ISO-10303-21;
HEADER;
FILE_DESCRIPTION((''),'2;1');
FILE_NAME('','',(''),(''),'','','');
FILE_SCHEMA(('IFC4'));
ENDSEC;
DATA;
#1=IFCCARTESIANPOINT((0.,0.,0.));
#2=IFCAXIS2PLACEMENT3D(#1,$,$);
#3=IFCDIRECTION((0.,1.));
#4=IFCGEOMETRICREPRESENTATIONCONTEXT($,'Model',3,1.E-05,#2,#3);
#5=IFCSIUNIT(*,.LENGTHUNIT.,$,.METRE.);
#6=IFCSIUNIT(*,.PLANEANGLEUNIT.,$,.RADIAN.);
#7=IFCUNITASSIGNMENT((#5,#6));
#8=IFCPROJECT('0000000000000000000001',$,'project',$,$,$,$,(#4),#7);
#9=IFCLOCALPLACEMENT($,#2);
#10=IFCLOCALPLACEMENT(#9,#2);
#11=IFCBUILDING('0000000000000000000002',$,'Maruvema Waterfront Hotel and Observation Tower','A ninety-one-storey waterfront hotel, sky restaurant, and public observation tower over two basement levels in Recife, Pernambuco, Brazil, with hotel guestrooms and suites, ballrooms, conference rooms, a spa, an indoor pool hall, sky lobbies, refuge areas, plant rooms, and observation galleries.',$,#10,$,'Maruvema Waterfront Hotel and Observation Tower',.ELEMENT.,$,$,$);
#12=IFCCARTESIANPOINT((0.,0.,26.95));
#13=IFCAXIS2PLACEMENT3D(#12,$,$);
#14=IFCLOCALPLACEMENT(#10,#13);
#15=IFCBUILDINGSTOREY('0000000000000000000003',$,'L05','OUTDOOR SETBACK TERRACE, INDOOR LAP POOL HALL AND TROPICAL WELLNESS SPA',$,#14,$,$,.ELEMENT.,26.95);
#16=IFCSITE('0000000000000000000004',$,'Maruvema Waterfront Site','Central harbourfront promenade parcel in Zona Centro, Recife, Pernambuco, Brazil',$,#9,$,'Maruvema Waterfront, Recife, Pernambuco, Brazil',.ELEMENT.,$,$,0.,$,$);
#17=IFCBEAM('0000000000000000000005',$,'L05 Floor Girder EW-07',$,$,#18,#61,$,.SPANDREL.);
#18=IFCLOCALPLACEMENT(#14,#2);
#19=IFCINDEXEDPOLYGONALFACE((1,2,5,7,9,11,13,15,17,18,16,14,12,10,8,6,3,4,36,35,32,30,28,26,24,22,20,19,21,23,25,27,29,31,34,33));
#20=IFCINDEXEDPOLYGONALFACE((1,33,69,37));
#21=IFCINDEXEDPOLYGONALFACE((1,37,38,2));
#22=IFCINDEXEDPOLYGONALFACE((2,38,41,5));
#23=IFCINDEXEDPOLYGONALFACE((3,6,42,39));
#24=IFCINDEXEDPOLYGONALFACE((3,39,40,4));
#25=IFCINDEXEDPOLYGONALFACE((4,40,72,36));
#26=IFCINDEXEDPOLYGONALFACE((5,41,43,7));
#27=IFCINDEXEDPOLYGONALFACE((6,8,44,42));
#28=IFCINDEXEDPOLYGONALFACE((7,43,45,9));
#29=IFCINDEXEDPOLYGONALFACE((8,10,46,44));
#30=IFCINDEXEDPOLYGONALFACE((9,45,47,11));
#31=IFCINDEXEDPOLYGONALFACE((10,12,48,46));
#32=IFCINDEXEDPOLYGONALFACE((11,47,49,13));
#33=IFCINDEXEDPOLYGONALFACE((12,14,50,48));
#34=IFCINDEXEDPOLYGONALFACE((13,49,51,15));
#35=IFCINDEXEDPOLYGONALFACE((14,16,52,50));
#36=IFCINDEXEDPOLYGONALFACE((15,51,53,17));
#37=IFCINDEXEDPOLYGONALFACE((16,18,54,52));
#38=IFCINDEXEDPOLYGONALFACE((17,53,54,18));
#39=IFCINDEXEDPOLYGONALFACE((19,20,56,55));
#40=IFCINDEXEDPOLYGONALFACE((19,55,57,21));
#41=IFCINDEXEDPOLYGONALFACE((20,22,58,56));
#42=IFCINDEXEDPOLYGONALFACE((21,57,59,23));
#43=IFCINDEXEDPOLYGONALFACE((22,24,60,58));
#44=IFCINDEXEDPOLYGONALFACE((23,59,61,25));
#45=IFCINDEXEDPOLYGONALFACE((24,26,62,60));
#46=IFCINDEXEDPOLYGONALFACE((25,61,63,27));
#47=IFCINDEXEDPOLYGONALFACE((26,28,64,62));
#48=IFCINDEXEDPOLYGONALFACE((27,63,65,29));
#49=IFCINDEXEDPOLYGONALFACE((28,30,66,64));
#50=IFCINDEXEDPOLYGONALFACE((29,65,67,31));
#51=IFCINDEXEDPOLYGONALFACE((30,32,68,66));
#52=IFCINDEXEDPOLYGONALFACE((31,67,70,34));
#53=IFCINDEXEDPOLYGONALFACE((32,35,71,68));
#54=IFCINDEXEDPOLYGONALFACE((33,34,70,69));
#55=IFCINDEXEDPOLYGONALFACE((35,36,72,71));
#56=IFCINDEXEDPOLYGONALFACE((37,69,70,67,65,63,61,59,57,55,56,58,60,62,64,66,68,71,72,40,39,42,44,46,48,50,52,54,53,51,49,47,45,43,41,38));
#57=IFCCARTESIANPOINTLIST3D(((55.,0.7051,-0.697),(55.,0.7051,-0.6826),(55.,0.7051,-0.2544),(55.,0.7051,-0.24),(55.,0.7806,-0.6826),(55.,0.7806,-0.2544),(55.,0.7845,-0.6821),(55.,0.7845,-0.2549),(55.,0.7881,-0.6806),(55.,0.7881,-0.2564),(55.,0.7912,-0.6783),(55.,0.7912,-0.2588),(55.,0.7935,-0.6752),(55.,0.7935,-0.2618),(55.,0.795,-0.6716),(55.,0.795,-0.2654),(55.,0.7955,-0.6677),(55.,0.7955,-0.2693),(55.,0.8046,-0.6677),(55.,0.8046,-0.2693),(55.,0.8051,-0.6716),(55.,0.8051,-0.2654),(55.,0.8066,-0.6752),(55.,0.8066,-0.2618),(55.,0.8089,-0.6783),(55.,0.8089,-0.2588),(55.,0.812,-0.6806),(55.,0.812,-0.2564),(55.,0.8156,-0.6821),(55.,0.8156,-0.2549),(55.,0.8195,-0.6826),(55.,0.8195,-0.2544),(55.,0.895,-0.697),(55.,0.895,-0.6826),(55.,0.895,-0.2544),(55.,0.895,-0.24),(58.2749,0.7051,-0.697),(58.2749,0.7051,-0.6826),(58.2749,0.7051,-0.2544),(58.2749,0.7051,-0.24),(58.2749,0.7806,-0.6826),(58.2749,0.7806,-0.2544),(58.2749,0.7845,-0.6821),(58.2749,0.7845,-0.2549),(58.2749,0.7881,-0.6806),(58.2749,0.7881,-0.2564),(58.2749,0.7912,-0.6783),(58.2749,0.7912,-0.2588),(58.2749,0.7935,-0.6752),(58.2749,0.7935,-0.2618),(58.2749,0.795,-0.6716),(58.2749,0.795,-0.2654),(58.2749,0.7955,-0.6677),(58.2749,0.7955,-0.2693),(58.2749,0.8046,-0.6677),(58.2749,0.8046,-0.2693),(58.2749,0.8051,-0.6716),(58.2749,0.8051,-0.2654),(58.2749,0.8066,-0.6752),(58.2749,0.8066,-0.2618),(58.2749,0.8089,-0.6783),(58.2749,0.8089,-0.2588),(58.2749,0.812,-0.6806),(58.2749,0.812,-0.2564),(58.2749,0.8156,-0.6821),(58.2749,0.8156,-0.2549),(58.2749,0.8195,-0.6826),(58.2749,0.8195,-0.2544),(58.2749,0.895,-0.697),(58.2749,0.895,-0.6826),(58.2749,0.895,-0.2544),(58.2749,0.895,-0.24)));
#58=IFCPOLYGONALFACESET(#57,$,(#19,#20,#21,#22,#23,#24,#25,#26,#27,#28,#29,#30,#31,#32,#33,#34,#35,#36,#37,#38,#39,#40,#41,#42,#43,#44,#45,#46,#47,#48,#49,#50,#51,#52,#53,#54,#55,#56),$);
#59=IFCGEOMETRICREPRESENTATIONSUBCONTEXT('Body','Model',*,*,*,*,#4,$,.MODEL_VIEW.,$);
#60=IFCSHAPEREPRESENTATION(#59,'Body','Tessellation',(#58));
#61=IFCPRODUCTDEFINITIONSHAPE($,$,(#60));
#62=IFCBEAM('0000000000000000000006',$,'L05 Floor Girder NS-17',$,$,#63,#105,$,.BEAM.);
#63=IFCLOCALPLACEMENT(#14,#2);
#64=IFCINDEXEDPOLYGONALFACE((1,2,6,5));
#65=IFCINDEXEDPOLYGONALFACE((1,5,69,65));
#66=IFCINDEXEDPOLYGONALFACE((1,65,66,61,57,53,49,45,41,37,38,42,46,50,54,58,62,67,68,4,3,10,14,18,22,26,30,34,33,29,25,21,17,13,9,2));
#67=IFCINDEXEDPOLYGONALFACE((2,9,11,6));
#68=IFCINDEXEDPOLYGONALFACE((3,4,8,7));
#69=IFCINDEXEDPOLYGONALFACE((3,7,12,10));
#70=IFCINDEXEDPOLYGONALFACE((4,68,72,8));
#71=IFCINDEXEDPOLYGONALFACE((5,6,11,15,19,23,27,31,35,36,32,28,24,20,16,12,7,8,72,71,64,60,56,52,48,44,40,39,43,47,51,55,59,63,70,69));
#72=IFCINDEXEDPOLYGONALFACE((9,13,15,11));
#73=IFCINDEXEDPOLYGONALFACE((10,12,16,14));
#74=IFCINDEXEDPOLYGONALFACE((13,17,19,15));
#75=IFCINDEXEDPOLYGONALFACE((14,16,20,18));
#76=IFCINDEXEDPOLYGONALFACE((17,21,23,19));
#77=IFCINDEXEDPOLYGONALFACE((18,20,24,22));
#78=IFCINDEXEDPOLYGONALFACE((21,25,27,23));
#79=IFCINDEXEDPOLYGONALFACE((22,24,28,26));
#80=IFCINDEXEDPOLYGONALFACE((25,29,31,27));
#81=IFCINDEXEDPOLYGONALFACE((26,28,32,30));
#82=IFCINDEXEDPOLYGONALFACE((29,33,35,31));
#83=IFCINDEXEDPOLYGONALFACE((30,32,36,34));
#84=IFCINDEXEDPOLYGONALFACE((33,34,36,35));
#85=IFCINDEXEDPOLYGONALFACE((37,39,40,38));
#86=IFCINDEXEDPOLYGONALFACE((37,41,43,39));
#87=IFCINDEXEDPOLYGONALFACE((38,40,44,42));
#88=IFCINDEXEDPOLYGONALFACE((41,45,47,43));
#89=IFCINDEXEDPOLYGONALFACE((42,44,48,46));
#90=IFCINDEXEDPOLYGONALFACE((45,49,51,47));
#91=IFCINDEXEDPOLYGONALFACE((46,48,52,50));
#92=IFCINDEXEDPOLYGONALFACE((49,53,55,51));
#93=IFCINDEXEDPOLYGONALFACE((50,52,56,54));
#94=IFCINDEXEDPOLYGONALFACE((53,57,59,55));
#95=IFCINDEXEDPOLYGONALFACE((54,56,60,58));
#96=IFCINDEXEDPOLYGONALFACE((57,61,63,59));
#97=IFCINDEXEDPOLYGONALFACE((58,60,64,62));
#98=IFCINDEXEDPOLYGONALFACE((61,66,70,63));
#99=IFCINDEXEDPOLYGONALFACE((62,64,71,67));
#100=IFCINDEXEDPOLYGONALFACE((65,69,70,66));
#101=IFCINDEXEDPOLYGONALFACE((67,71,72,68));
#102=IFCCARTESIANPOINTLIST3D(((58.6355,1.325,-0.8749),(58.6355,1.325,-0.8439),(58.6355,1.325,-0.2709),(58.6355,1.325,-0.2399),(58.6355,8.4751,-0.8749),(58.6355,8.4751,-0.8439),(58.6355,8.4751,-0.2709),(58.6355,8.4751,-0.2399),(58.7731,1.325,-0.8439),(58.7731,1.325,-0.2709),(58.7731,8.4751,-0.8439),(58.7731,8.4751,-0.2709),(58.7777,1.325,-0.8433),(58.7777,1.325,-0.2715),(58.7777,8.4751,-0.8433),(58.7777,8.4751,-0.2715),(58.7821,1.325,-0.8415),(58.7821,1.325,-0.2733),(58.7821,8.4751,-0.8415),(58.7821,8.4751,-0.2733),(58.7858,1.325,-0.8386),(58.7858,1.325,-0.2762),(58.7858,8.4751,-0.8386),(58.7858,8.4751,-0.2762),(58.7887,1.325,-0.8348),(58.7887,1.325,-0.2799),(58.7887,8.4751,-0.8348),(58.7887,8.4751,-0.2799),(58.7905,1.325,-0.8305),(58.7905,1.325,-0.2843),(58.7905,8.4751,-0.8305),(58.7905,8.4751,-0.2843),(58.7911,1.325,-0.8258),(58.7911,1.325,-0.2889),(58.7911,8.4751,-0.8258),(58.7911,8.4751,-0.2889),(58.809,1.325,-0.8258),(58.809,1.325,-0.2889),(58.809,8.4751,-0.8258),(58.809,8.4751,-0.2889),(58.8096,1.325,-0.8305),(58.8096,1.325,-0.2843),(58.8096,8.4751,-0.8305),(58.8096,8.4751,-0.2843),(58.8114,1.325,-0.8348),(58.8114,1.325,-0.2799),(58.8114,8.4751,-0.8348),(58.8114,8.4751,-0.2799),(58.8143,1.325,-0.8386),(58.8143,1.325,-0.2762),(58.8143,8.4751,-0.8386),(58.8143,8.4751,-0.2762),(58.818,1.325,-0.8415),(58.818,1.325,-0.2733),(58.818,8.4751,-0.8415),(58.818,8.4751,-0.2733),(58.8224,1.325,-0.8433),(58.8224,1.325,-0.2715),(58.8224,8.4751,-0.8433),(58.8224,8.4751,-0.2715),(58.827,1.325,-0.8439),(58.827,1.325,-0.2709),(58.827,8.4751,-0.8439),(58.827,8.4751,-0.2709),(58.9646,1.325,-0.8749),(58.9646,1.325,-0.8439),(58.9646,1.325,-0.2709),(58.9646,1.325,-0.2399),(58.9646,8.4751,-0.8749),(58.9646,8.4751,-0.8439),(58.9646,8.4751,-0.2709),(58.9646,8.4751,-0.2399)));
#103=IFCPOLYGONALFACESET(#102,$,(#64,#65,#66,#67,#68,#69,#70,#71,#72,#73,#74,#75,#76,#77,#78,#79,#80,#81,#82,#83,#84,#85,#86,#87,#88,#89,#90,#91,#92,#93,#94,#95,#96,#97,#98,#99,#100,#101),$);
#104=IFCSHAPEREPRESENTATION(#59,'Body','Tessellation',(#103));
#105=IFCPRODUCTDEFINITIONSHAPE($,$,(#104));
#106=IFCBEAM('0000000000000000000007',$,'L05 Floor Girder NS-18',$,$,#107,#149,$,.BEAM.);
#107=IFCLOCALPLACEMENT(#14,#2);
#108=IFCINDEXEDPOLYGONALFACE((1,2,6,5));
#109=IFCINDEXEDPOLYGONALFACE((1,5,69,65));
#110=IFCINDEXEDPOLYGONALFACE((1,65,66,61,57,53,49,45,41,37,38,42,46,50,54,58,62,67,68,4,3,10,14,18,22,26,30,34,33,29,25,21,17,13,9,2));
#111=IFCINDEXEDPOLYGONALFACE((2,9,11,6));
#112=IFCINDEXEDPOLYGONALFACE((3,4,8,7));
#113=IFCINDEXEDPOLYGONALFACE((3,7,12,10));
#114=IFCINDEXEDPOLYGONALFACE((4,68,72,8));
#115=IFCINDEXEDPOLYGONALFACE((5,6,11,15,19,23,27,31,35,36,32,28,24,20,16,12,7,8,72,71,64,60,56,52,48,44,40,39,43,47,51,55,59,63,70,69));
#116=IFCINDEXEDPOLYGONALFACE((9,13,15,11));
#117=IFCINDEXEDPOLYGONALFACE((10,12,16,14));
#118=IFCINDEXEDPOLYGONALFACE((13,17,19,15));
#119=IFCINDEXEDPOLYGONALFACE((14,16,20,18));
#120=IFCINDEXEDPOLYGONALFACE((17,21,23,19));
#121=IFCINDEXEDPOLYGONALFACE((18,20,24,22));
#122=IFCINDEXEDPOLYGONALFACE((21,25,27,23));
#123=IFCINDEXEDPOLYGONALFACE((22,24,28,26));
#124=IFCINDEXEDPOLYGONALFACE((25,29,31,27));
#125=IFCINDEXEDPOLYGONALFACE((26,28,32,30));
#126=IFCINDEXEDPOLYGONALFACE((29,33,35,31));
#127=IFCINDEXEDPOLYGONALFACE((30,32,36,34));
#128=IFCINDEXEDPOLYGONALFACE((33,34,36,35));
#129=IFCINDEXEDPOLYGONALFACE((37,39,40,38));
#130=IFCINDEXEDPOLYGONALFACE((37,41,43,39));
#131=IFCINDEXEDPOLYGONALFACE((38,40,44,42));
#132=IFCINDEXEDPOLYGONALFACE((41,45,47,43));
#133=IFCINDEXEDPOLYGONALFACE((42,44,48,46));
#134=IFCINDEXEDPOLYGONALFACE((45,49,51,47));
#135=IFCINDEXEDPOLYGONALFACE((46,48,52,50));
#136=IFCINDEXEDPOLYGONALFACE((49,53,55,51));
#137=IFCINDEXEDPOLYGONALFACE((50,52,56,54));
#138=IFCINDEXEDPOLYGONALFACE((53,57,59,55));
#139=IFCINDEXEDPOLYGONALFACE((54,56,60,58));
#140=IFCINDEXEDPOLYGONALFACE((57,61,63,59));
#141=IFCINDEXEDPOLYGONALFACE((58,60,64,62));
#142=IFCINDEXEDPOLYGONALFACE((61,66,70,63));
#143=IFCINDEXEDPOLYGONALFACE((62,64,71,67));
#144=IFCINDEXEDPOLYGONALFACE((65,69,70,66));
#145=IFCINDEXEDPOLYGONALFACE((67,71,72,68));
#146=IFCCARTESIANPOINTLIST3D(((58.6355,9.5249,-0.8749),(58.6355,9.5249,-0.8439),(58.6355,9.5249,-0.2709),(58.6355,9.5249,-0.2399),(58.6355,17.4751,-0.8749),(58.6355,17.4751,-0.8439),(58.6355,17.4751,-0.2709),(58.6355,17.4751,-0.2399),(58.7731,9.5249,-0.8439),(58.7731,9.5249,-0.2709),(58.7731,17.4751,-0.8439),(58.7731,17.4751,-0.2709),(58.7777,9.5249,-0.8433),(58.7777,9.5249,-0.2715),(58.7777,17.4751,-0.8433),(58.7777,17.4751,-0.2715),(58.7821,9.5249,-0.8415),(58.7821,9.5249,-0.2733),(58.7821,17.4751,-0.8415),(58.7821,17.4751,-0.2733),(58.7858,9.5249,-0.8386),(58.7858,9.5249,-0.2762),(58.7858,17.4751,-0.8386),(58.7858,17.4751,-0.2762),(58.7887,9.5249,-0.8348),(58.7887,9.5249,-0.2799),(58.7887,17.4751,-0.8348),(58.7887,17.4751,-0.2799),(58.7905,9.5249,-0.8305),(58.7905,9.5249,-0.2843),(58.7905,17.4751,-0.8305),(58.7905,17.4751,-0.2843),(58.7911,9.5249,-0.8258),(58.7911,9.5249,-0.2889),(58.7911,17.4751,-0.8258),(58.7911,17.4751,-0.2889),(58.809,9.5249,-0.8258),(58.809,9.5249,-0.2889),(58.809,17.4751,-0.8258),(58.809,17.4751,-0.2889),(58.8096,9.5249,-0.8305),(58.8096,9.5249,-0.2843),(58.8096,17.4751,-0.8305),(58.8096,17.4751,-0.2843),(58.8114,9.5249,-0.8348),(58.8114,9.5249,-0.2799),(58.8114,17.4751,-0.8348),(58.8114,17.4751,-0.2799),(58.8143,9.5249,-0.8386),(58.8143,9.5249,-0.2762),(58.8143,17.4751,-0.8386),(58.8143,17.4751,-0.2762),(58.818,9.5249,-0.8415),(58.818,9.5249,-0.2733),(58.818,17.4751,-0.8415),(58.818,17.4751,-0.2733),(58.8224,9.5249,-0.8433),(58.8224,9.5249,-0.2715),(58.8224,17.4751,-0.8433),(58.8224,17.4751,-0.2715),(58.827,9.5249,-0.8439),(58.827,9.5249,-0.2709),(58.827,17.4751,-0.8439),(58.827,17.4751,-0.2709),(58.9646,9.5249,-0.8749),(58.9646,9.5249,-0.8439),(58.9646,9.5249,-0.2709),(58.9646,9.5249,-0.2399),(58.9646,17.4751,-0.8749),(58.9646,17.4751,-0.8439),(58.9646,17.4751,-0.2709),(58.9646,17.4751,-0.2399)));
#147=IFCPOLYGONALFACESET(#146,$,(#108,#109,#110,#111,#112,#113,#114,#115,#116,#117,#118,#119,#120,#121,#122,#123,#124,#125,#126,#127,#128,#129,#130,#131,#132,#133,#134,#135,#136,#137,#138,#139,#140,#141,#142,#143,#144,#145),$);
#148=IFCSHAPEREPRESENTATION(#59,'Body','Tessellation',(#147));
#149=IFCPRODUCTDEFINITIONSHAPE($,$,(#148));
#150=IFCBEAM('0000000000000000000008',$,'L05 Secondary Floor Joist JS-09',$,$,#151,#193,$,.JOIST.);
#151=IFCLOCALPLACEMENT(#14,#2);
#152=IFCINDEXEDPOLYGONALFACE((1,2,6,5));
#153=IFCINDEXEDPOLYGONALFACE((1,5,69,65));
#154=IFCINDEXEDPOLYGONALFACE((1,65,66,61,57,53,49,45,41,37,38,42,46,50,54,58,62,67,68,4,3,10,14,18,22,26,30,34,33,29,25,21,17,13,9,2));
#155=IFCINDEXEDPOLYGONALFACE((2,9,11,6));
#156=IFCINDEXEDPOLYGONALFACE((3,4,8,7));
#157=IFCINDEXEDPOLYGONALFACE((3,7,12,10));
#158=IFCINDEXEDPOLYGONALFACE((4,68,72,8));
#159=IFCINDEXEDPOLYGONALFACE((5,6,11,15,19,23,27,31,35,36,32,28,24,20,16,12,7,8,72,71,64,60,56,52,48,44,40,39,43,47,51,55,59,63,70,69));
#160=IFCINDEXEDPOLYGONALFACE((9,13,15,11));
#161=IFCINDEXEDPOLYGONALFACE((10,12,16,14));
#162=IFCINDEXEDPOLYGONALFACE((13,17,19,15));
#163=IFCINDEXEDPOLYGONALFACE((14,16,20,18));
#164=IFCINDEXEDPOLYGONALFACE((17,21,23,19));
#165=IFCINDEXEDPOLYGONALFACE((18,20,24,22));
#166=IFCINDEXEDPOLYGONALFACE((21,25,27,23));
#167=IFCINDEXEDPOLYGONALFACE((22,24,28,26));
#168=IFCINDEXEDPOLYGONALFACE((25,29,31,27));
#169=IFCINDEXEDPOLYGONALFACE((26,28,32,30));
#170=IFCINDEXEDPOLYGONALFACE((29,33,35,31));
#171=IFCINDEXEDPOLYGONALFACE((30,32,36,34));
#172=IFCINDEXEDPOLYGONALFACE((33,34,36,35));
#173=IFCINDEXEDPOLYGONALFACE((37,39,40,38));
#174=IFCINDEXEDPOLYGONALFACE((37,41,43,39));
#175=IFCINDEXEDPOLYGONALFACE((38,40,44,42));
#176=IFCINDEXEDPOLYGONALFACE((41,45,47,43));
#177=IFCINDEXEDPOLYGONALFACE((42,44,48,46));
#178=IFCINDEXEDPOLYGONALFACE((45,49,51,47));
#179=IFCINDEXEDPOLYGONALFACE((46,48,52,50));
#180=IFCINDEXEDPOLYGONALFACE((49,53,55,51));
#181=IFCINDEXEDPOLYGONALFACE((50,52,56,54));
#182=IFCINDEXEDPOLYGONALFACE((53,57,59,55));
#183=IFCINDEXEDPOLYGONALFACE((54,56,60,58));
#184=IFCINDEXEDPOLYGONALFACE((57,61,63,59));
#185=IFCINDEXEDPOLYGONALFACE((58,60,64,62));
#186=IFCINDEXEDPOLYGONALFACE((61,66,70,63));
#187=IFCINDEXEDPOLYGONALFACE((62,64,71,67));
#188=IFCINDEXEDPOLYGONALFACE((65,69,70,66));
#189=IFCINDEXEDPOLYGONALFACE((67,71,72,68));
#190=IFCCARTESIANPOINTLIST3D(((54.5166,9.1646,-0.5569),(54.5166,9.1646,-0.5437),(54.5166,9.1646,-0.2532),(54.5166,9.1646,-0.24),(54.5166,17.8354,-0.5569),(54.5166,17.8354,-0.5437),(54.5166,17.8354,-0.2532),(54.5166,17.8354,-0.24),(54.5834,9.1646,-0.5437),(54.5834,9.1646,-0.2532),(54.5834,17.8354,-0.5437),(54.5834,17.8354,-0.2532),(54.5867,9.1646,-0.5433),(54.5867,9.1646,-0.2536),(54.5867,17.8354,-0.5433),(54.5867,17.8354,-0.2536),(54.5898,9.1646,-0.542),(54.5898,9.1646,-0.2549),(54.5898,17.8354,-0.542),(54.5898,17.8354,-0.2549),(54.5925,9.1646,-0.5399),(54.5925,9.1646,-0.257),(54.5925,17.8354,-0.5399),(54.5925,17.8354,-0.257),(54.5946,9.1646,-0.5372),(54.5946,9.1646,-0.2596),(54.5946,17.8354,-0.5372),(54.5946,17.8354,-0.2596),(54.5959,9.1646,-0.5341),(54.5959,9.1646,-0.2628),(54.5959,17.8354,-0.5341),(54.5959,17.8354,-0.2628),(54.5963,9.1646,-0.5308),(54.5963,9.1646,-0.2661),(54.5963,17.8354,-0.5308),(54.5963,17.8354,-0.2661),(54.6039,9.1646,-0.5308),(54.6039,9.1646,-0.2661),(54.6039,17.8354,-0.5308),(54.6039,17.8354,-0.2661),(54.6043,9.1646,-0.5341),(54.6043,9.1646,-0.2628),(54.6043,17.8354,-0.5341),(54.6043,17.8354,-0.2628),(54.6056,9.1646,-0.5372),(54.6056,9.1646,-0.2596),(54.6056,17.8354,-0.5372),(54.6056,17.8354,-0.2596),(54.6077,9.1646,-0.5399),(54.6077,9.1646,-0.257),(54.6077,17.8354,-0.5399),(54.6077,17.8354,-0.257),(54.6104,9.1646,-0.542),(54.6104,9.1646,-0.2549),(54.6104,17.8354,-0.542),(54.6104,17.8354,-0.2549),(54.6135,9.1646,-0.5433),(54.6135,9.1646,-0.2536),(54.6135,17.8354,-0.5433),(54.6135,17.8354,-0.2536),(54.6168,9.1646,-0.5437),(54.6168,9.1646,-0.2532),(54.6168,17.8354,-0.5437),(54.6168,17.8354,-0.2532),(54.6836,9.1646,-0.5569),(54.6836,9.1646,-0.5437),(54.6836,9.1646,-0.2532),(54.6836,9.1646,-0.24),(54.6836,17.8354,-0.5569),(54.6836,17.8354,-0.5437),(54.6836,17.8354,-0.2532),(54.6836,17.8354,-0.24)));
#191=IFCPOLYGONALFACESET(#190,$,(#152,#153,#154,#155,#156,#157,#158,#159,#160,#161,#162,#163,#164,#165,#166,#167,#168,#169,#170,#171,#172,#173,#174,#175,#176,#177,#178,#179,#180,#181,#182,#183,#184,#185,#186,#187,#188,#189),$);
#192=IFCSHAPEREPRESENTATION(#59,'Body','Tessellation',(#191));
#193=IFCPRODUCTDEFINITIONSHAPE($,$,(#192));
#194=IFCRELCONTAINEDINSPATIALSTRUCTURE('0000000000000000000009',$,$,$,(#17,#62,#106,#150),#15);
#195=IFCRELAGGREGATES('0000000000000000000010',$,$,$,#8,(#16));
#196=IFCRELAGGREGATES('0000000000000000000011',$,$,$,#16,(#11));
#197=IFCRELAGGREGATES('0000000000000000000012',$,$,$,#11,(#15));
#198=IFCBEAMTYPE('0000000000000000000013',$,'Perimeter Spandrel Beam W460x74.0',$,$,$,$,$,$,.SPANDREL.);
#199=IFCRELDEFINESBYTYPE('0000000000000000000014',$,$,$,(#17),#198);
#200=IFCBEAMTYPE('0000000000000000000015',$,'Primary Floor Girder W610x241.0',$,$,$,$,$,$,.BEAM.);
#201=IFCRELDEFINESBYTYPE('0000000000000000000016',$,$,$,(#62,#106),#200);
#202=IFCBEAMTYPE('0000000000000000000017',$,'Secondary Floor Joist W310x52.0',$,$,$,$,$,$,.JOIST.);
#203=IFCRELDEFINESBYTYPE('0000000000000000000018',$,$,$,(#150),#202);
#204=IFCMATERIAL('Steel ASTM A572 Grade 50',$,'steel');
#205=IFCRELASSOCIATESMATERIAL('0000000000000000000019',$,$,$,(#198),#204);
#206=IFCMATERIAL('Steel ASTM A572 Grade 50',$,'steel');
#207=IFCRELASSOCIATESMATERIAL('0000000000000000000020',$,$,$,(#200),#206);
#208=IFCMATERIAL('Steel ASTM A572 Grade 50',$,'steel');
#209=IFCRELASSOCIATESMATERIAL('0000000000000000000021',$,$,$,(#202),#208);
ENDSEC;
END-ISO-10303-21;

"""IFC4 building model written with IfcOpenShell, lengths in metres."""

from ifc_helpers import new_model, si_unit, direction, frame, origin, origin_2d, place, context, subcontext, project, spatial, i_section, extrude, material, material_profile, profile_set, type_object, element, save


model = new_model("IFC4")

# Units and contexts
model_context = context("Model", 3, precision=1e-05, world=origin(), true_north=direction((0.0, 1.0)))
body_context = subcontext(model_context, "Body", "Model", "MODEL_VIEW")
ifc_project = project(units=[si_unit("LENGTHUNIT", "METRE"), si_unit("PLANEANGLEUNIT", "RADIAN")], contexts=[model_context])

# Site, building, storey
site_placement = place(None, origin())
site = spatial("IfcSite", under=ifc_project, at=site_placement, Name="Maruvema Waterfront Site", Description="Central harbourfront promenade parcel in Zona Centro, Recife, Pernambuco, Brazil", LongName="Maruvema Waterfront, Recife, Pernambuco, Brazil", CompositionType="ELEMENT", RefElevation=0.0)
building_placement = place(site_placement, origin())
building = spatial("IfcBuilding", under=site, at=building_placement, Name="Maruvema Waterfront Hotel and Observation Tower", Description="A ninety-one-storey waterfront hotel, sky restaurant, and public observation tower over two basement levels in Recife, Pernambuco, Brazil, with hotel guestrooms and suites, ballrooms, conference rooms, a spa, an indoor pool hall, sky lobbies, refuge areas, plant rooms, and observation galleries.", LongName="Maruvema Waterfront Hotel and Observation Tower", CompositionType="ELEMENT")
storey_placement = place(building_placement, frame((0.0, 0.0, 26.95)))
storey = spatial("IfcBuildingStorey", under=building, at=storey_placement, Name="L05", Description="OUTDOOR SETBACK TERRACE, INDOOR LAP POOL HALL AND TROPICAL WELLNESS SPA", CompositionType="ELEMENT", Elevation=26.95)

# Beams
ifc_material_1 = material(Name="Steel ASTM A572 Grade 50", Category="steel")
ifc_material_profile_1 = material_profile(ifc_material_1, i_section(OverallWidth=0.1899, OverallDepth=0.457, WebThickness=0.009, FlangeThickness=0.0144, FilletRadius=0.0149, at=origin_2d()), Name="W460x74.0")
ifc_profile_set_1 = profile_set([ifc_material_profile_1], Name="Steel ASTM A572 Grade 50")
beam_type_1 = type_object("IfcBeamType", Name="Perimeter Spandrel Beam W460x74.0", PredefinedType="SPANDREL", material=ifc_profile_set_1)
beam_1_placement = place(storey_placement, frame((55.0, 0.8, -0.4685), z_axis=(1.0, 0.0, 0.0), x_axis=(0.0, 1.0, 0.0)))
element("IfcBeam", 1, at=beam_1_placement, inside=storey, type_object=beam_type_1, Name="L05 Floor Girder EW-07", PredefinedType="SPANDREL", context=body_context, shape_type="SweptSolid", body=[
    extrude(i_section(OverallWidth=0.1899, OverallDepth=0.457, WebThickness=0.009, FlangeThickness=0.0144, FilletRadius=0.0149, at=origin_2d()), origin(), (0.0, 0.0, 1.0), 3.2749),
])
ifc_material_2 = material(Name="Steel ASTM A572 Grade 50", Category="steel")
ifc_material_profile_2 = material_profile(ifc_material_2, i_section(OverallWidth=0.3291, OverallDepth=0.635, WebThickness=0.0178, FlangeThickness=0.031, FilletRadius=0.0181, at=origin_2d()), Name="W610x241.0")
ifc_profile_set_2 = profile_set([ifc_material_profile_2], Name="Steel ASTM A572 Grade 50")
beam_type_2 = type_object("IfcBeamType", Name="Primary Floor Girder W610x241.0", PredefinedType="BEAM", material=ifc_profile_set_2)
beam_2_placement = place(storey_placement, frame((58.8, 1.325, -0.5574), z_axis=(0.0, 1.0, 0.0), x_axis=(-1.0, 0.0, 0.0)))
element("IfcBeam", 2, at=beam_2_placement, inside=storey, type_object=beam_type_2, Name="L05 Floor Girder NS-17", PredefinedType="BEAM", context=body_context, shape_type="SweptSolid", body=[
    extrude(i_section(OverallWidth=0.3291, OverallDepth=0.635, WebThickness=0.0178, FlangeThickness=0.031, FilletRadius=0.0181, at=origin_2d()), origin(), (0.0, 0.0, 1.0), 7.1501),
])
beam_3_placement = place(storey_placement, frame((58.8, 9.5249, -0.5574), z_axis=(0.0, 1.0, 0.0), x_axis=(-1.0, 0.0, 0.0)))
element("IfcBeam", 3, at=beam_3_placement, inside=storey, type_object=beam_type_2, Name="L05 Floor Girder NS-18", PredefinedType="BEAM", context=body_context, shape_type="SweptSolid", body=[
    extrude(i_section(OverallWidth=0.3291, OverallDepth=0.635, WebThickness=0.0178, FlangeThickness=0.031, FilletRadius=0.0181, at=origin_2d()), origin(), (0.0, 0.0, 1.0), 7.9502),
])
ifc_material_3 = material(Name="Steel ASTM A572 Grade 50", Category="steel")
ifc_material_profile_3 = material_profile(ifc_material_3, i_section(OverallWidth=0.167, OverallDepth=0.3169, WebThickness=0.0076, FlangeThickness=0.0132, FilletRadius=0.0129, at=origin_2d()), Name="W310x52.0")
ifc_profile_set_3 = profile_set([ifc_material_profile_3], Name="Steel ASTM A572 Grade 50")
beam_type_3 = type_object("IfcBeamType", Name="Secondary Floor Joist W310x52.0", PredefinedType="JOIST", material=ifc_profile_set_3)
beam_4_placement = place(storey_placement, frame((54.6001, 9.1646, -0.3984), z_axis=(0.0, 1.0, 0.0), x_axis=(-1.0, 0.0, 0.0)))
element("IfcBeam", 4, at=beam_4_placement, inside=storey, type_object=beam_type_3, Name="L05 Secondary Floor Joist JS-09", PredefinedType="JOIST", context=body_context, shape_type="SweptSolid", body=[
    extrude(i_section(OverallWidth=0.167, OverallDepth=0.3169, WebThickness=0.0076, FlangeThickness=0.0132, FilletRadius=0.0129, at=origin_2d()), origin(), (0.0, 0.0, 1.0), 8.6709),
])

save(model, "model.ifc")
